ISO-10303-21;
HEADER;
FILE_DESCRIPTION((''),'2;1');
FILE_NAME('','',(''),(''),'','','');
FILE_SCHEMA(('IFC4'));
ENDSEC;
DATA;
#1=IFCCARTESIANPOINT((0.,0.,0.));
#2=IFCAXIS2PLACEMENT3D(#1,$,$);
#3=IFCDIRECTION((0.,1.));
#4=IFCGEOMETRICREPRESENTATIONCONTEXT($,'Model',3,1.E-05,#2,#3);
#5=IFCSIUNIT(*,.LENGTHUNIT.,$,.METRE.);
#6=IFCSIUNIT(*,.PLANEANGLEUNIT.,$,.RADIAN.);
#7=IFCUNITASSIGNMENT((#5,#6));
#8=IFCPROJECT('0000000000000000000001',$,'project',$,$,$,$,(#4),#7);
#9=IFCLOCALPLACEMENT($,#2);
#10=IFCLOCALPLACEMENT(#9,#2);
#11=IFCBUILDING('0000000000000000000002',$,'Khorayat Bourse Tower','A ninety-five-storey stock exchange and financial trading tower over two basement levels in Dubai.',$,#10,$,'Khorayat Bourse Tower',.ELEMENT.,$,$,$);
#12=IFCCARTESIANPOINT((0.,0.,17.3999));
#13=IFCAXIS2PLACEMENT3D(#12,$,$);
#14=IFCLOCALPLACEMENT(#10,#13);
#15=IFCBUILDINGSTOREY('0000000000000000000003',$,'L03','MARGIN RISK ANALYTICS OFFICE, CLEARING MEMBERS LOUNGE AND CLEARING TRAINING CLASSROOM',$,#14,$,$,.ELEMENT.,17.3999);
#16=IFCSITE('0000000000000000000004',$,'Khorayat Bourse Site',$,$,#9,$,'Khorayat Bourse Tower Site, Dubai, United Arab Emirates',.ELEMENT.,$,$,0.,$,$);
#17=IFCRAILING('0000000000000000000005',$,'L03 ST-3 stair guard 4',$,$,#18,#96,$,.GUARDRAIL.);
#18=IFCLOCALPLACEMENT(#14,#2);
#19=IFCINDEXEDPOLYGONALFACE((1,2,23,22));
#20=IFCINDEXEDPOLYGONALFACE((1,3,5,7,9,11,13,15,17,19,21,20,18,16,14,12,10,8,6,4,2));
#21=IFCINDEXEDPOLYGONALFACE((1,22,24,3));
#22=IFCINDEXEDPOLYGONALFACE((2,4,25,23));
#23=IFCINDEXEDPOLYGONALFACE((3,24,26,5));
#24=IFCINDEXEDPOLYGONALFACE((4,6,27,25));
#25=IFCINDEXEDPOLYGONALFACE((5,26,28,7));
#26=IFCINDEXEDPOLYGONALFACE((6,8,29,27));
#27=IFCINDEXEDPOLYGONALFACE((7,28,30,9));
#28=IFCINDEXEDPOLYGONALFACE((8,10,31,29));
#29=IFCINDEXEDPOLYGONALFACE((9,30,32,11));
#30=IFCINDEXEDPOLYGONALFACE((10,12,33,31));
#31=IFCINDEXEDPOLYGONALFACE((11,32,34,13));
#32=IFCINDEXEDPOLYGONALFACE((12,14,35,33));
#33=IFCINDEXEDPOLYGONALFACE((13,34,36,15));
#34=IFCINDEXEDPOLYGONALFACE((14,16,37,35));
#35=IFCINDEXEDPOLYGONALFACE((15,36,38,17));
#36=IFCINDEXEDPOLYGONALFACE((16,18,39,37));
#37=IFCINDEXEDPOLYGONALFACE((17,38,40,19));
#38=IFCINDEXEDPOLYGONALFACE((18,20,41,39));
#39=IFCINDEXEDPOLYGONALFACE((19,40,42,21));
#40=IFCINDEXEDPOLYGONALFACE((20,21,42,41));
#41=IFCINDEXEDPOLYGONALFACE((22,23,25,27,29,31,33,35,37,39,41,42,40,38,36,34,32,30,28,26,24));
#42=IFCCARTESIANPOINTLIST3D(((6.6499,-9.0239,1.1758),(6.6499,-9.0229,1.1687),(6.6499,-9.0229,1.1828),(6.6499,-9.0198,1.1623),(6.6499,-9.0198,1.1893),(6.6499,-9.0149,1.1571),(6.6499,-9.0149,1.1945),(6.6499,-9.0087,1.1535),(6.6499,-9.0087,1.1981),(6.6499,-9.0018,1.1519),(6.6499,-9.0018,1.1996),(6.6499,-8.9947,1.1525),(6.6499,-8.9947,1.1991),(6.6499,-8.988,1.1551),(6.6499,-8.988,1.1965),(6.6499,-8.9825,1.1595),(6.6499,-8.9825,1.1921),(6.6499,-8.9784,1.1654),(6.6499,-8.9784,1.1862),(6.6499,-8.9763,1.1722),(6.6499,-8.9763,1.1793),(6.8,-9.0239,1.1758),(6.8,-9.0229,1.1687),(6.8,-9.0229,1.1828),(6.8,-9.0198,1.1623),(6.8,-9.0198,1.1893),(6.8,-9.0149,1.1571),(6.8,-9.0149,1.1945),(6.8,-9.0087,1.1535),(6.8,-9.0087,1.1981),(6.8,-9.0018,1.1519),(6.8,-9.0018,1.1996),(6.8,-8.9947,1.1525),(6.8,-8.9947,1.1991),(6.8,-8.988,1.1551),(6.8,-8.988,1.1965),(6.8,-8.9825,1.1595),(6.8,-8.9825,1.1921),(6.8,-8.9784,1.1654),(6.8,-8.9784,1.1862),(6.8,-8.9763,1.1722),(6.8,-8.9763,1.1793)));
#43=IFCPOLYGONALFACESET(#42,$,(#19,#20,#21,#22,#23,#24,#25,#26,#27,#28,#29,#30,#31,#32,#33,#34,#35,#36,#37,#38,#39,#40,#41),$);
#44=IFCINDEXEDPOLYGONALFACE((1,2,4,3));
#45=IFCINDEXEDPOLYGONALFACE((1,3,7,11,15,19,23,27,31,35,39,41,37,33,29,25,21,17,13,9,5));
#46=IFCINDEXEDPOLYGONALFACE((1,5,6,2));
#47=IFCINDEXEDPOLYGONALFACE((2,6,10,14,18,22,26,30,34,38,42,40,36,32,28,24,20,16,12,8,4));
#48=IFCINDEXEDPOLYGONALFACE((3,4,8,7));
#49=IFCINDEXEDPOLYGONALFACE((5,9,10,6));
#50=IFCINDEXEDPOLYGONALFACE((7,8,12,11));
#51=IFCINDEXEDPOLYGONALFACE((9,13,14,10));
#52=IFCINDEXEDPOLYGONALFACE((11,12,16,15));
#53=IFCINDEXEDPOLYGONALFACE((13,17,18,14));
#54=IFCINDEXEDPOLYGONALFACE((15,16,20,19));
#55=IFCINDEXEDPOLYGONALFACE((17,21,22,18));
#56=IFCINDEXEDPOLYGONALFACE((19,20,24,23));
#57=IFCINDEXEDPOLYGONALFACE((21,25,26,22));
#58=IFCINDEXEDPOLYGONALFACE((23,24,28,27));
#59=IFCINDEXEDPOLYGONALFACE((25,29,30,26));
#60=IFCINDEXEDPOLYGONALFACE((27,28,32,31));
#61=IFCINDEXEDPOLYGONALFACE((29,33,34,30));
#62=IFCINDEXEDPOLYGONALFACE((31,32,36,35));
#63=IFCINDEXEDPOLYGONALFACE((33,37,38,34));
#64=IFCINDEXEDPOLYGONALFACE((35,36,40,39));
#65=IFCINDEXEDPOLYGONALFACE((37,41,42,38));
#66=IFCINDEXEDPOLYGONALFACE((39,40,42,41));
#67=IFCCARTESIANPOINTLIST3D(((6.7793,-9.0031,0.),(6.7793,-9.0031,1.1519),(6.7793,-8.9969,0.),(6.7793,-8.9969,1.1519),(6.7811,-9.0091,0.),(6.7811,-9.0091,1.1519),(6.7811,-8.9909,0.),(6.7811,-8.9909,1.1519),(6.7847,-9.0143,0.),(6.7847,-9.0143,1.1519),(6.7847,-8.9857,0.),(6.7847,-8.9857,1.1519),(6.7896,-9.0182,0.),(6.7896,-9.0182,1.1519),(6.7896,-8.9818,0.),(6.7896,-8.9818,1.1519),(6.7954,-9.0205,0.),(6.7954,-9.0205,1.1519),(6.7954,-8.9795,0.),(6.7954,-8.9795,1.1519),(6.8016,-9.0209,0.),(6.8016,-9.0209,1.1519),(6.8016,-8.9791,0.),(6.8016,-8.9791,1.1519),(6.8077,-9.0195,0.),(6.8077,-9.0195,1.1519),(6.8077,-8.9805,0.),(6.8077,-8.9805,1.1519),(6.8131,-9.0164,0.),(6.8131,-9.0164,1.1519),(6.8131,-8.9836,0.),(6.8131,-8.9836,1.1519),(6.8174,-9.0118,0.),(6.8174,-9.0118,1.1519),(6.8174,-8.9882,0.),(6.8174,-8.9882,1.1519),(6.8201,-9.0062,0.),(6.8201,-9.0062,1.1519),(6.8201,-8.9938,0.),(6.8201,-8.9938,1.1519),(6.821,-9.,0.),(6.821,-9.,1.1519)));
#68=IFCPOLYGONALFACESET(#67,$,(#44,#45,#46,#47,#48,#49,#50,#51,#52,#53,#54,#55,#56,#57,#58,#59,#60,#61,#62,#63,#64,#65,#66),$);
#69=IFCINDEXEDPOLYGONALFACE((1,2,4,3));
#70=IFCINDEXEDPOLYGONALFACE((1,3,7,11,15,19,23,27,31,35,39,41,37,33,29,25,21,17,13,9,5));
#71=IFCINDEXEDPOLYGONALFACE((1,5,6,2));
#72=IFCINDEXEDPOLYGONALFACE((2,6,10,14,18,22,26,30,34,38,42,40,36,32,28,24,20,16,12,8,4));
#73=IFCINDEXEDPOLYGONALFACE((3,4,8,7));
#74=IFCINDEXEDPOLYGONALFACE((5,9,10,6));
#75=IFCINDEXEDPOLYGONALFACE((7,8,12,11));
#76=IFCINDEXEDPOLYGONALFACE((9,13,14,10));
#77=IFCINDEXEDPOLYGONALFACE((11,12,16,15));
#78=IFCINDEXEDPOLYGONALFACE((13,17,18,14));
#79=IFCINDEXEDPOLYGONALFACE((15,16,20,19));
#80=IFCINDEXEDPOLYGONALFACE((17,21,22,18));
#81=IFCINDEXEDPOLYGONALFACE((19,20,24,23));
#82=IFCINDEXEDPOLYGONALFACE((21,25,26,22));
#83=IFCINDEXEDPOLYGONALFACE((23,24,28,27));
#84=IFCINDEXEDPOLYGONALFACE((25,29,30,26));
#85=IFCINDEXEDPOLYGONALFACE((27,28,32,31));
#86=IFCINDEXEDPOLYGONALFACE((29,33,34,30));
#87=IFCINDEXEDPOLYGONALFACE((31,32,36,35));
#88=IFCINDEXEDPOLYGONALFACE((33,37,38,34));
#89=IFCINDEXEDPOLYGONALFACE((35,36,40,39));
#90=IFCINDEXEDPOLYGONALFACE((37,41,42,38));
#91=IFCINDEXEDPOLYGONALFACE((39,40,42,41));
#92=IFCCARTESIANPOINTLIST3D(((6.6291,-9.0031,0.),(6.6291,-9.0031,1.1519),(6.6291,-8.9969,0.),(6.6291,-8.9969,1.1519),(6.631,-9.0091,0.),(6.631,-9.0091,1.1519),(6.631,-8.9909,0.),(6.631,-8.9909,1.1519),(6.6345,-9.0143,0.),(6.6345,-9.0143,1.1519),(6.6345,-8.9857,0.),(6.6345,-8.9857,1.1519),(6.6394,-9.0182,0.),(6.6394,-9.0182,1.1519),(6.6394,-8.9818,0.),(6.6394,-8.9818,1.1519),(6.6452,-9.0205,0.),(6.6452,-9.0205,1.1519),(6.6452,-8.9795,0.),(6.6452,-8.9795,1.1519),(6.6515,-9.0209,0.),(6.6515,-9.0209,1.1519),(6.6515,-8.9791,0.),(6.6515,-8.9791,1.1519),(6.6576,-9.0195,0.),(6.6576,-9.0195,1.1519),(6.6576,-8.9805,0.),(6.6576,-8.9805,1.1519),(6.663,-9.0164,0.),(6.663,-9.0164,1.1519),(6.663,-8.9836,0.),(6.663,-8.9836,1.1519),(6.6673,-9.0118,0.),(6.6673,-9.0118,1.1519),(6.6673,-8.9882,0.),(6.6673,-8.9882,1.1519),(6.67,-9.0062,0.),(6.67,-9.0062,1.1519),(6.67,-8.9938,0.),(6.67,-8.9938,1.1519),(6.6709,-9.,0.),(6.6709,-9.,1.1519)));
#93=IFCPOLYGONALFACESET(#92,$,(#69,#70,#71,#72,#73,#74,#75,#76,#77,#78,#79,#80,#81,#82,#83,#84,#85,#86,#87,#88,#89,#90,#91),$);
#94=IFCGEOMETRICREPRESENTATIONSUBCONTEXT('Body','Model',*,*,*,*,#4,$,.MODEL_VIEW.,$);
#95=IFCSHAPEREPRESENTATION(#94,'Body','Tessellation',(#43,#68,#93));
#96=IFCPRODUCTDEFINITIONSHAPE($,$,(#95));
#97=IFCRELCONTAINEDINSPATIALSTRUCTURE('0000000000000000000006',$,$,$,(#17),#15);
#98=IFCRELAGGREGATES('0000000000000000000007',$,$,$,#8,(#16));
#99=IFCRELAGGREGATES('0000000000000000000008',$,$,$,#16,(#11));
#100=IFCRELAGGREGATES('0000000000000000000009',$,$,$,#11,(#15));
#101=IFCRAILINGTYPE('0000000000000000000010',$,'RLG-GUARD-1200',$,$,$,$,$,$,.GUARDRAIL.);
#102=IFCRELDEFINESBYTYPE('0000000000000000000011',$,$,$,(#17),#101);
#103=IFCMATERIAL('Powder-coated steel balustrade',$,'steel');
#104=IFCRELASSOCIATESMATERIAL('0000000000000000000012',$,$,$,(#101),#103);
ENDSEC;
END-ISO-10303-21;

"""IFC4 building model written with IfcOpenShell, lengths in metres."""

from ifc_helpers import new_model, si_unit, direction, frame, origin, origin_2d, place, context, subcontext, project, spatial, circle, extrude, source, transform, mapped, material, type_object, element, save


model = new_model("IFC4")

# Units and contexts
model_context = context("Model", 3, precision=1e-05, world=origin(), true_north=direction((0.0, 1.0)))
body_context = subcontext(model_context, "Body", "Model", "MODEL_VIEW")
ifc_project = project(units=[si_unit("LENGTHUNIT", "METRE"), si_unit("PLANEANGLEUNIT", "RADIAN")], contexts=[model_context])

# Site, building, storey
site_placement = place(None, origin())
site = spatial("IfcSite", under=ifc_project, at=site_placement, Name="Khorayat Bourse Site", LongName="Khorayat Bourse Tower Site, Dubai, United Arab Emirates", CompositionType="ELEMENT", RefElevation=0.0)
building_placement = place(site_placement, origin())
building = spatial("IfcBuilding", under=site, at=building_placement, Name="Khorayat Bourse Tower", Description="A ninety-five-storey stock exchange and financial trading tower over two basement levels in Dubai.", LongName="Khorayat Bourse Tower", CompositionType="ELEMENT")
storey_placement = place(building_placement, frame((0.0, 0.0, 17.3999)))
storey = spatial("IfcBuildingStorey", under=building, at=storey_placement, Name="L03", Description="MARGIN RISK ANALYTICS OFFICE, CLEARING MEMBERS LOUNGE AND CLEARING TRAINING CLASSROOM", CompositionType="ELEMENT", Elevation=17.3999)

# Railing
ifc_material_1 = material(Name="Powder-coated steel balustrade", Category="steel")
railing_type = type_object("IfcRailingType", Name="RLG-GUARD-1200", PredefinedType="GUARDRAIL", material=ifc_material_1)
shared_shape_1 = source(origin(), body_context, "Body", "SweptSolid", [
    extrude(circle(Radius=0.0239, at=origin_2d()), frame((0.0, 0.0, 1.1758), z_axis=(-1.0, 0.0, 0.0), x_axis=(0.0, -1.0, 0.0)), (0.0, 0.0, 1.0), 0.1501),
    extrude(circle(Radius=0.021, at=origin_2d()), origin(), (0.0, 0.0, 1.0), 1.1519),
    extrude(circle(Radius=0.021, at=origin_2d()), frame((-0.1501, 0.0, 0.0)), (0.0, 0.0, 1.0), 1.1519),
])
railing_1_placement = place(storey_placement, frame((6.8, -9.0, 0.0)))
element("IfcRailing", 1, at=railing_1_placement, inside=storey, type_object=railing_type, Name="L03 ST-3 stair guard 4", PredefinedType="GUARDRAIL", context=body_context, shape_type="MappedRepresentation", body=[
    mapped(shared_shape_1, transform((0.0, 0.0, 0.0), scale=1.0)),
])

save(model, "model.ifc")
